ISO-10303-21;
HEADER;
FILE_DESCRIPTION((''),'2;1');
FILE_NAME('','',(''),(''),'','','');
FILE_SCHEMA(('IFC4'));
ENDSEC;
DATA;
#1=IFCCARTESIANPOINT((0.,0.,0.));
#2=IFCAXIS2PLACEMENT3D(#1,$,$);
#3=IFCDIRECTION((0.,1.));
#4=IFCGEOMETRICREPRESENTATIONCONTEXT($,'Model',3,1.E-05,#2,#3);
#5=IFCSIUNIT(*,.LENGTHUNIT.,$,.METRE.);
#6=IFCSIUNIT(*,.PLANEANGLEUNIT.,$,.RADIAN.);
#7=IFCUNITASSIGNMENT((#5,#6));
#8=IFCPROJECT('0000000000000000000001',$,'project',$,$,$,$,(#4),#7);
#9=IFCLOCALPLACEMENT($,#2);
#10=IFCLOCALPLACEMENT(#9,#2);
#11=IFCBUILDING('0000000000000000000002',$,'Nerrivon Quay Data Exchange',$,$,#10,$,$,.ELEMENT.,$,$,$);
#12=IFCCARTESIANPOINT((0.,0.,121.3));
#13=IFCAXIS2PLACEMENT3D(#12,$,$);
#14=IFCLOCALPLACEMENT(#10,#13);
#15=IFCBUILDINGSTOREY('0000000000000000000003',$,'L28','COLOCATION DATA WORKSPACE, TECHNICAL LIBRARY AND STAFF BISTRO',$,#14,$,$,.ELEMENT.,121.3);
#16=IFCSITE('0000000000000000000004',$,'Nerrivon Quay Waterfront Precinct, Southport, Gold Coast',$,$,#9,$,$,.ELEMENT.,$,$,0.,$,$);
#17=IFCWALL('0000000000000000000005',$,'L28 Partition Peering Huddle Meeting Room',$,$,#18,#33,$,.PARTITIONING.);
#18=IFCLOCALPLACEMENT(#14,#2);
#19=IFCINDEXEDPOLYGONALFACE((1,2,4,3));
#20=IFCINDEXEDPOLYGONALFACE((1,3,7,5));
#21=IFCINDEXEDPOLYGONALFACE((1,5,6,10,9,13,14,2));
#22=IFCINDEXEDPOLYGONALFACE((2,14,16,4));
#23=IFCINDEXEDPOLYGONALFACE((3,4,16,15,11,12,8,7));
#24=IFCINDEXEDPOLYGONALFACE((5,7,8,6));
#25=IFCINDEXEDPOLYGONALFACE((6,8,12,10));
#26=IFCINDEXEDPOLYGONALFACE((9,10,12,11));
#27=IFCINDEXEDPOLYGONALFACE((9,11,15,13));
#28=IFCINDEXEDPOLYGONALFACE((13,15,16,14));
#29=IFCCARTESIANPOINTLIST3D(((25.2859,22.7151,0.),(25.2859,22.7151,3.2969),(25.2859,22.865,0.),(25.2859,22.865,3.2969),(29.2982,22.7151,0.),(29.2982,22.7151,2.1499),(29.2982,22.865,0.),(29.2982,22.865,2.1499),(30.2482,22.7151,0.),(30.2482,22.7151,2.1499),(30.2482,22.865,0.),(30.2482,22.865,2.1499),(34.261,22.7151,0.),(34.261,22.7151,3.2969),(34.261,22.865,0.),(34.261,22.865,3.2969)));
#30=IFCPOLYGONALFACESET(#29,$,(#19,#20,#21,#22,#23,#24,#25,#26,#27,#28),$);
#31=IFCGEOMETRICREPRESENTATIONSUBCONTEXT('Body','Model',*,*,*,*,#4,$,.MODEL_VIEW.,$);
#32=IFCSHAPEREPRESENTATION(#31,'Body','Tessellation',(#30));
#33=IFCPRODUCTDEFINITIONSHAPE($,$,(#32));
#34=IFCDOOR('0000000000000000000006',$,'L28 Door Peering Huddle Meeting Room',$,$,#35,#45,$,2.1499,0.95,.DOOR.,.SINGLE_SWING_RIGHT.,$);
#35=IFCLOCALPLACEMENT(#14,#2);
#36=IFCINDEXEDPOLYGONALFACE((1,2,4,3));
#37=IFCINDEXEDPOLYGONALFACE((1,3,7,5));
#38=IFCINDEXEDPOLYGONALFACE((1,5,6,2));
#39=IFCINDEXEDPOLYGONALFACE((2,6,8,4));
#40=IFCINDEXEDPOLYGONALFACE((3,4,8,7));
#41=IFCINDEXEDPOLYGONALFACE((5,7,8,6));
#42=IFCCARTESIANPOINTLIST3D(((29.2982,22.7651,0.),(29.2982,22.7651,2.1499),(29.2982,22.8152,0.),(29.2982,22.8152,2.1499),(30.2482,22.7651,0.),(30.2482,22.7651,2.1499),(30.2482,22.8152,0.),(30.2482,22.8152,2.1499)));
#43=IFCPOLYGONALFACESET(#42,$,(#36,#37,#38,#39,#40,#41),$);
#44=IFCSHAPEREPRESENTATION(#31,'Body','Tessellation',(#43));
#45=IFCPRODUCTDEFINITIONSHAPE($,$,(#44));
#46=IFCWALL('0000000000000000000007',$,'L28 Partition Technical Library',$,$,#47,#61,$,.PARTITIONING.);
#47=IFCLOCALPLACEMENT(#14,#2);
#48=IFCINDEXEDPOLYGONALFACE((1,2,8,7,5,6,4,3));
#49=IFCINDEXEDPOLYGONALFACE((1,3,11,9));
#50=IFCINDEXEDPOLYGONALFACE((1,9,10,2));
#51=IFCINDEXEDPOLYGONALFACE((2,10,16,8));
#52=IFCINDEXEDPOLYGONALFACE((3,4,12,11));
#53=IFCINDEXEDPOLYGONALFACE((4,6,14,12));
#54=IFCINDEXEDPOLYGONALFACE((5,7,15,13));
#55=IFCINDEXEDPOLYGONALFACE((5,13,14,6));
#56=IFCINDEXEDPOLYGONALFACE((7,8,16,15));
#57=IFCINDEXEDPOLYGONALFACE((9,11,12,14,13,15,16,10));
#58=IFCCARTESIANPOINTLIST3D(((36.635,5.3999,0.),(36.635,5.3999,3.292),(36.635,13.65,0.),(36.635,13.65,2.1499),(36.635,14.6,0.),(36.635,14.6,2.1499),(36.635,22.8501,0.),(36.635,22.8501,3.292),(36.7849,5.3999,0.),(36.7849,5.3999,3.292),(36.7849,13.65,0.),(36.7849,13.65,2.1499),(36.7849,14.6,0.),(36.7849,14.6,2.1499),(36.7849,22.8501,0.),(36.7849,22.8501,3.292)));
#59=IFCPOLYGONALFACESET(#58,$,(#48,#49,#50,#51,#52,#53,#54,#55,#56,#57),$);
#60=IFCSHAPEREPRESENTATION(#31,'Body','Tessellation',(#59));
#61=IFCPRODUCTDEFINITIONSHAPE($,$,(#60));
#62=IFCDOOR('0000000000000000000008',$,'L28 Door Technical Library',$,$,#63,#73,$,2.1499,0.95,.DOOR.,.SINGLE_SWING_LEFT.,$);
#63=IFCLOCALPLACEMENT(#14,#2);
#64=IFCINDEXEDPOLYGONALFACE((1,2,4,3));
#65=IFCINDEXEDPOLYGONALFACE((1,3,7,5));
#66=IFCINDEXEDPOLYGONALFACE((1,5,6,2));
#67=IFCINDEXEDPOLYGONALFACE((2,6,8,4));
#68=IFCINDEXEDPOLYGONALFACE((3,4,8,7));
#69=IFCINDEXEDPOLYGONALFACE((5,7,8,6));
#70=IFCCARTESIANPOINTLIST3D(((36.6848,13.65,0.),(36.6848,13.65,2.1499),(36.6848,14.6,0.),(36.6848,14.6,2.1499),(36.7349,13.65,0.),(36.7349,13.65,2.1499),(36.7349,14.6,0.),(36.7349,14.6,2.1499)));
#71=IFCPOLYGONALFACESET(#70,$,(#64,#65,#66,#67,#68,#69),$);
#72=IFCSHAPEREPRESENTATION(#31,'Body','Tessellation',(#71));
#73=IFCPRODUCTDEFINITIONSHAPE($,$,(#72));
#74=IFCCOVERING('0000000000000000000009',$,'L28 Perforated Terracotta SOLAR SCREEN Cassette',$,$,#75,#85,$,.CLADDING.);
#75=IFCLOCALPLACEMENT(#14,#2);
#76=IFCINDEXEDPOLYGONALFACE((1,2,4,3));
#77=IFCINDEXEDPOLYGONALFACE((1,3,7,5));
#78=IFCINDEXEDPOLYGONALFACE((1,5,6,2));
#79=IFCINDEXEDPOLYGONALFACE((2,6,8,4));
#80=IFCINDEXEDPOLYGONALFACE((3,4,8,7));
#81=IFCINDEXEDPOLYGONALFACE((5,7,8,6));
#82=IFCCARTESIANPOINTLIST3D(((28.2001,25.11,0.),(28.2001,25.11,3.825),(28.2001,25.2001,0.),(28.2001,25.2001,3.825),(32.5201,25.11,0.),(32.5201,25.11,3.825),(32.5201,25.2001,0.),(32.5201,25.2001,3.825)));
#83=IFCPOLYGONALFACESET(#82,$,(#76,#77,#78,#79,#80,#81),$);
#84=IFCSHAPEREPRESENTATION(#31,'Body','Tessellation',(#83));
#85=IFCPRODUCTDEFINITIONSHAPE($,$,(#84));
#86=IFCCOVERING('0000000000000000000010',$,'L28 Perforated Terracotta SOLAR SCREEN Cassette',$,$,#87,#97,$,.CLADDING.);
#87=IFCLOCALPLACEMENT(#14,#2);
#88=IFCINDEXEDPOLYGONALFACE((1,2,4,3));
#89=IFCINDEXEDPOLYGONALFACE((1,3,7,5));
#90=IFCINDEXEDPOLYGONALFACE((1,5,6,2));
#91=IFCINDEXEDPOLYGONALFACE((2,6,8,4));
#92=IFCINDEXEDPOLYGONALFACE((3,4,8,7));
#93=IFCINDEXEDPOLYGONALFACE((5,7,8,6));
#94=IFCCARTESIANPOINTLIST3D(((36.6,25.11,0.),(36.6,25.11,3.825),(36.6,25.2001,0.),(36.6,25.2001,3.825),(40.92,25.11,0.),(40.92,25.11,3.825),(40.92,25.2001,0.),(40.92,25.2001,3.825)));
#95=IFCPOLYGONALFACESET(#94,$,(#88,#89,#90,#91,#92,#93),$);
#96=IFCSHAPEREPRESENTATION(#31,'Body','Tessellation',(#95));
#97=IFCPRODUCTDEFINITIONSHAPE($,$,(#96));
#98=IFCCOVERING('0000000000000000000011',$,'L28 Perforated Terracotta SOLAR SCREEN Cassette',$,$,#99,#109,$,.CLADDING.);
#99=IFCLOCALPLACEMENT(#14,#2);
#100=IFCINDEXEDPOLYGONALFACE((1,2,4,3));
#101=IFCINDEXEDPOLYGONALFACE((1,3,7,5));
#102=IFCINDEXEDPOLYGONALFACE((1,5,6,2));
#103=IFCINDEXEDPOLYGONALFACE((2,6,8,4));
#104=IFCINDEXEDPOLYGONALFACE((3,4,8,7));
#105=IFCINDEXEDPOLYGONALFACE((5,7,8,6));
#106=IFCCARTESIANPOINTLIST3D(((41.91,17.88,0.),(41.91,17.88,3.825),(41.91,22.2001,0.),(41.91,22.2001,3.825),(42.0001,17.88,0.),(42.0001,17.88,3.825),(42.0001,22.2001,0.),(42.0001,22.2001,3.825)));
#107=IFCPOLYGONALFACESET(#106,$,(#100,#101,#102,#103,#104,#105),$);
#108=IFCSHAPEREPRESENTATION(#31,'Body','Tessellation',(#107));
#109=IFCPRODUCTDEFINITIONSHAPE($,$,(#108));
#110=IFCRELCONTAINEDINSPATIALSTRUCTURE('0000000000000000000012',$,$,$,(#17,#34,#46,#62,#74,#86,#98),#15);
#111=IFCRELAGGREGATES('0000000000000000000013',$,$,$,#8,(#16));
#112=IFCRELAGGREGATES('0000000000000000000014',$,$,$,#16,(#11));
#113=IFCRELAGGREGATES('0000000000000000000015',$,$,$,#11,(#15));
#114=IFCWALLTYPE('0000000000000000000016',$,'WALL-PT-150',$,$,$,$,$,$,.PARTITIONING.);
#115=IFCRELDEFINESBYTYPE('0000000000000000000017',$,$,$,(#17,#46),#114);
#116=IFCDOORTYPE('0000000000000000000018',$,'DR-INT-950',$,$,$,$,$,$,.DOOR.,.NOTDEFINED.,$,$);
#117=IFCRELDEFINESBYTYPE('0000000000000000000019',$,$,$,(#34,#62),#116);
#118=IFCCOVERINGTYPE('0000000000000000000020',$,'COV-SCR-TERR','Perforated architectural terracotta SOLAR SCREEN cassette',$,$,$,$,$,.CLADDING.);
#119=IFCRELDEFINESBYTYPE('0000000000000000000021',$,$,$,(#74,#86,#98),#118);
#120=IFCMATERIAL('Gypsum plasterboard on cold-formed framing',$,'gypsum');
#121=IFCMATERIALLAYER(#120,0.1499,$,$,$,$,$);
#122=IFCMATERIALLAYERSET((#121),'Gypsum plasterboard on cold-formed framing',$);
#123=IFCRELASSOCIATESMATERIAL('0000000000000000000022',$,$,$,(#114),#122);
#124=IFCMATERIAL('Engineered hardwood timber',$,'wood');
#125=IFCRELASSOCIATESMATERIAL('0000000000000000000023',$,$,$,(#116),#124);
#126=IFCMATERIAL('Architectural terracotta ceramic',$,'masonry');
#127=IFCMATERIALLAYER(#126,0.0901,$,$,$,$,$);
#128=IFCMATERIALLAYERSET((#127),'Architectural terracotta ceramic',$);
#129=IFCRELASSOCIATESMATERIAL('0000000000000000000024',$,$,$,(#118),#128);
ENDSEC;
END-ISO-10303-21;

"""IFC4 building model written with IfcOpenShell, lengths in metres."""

from ifc_helpers import new_model, si_unit, direction, frame, frame_2d, origin, origin_2d, place, context, subcontext, project, spatial, rectangle, extrude, material, layer, layer_set, type_object, element, fill, save


model = new_model("IFC4")

# Units and contexts
model_context = context("Model", 3, precision=1e-05, world=origin(), true_north=direction((0.0, 1.0)))
body_context = subcontext(model_context, "Body", "Model", "MODEL_VIEW")
ifc_project = project(units=[si_unit("LENGTHUNIT", "METRE"), si_unit("PLANEANGLEUNIT", "RADIAN")], contexts=[model_context])

# Site, building, storey
site_placement = place(None, origin())
site = spatial("IfcSite", under=ifc_project, at=site_placement, Name="Nerrivon Quay Waterfront Precinct, Southport, Gold Coast", CompositionType="ELEMENT", RefElevation=0.0)
building_placement = place(site_placement, origin())
building = spatial("IfcBuilding", under=site, at=building_placement, Name="Nerrivon Quay Data Exchange", CompositionType="ELEMENT")
storey_placement = place(building_placement, frame((0.0, 0.0, 121.3)))
storey = spatial("IfcBuildingStorey", under=building, at=storey_placement, Name="L28", Description="COLOCATION DATA WORKSPACE, TECHNICAL LIBRARY AND STAFF BISTRO", CompositionType="ELEMENT", Elevation=121.3)

# Shared definitions
ifc_material_1 = material(Name="Gypsum plasterboard on cold-formed framing", Category="gypsum")

# Walls, openings, doors
ifc_layer_1 = layer(ifc_material_1, 0.1499)
ifc_layer_set_1 = layer_set([ifc_layer_1], Name="Gypsum plasterboard on cold-formed framing")
wall_type_1 = type_object("IfcWallType", Name="WALL-PT-150", PredefinedType="PARTITIONING", material=ifc_layer_set_1)
wall_1_placement = place(storey_placement, frame((34.261, 22.79, 0.0), z_axis=(0.0, 0.0, 1.0), x_axis=(-1.0, 0.0, 0.0)))
wall_1 = element("IfcWall", 1, at=wall_1_placement, inside=storey, type_object=wall_type_1, Name="L28 Partition Peering Huddle Meeting Room", PredefinedType="PARTITIONING", context=body_context, shape_type="SweptSolid", body=[
    extrude(rectangle(XDim=8.9751, YDim=0.1499, at=frame_2d((4.4875, 0.0))), origin(), (0.0, 0.0, 1.0), 3.2969),
])
opening_1_placement = place(wall_1_placement, frame((4.0127, 0.0, 0.0)))
opening_1 = element("IfcOpeningElement", 2, at=opening_1_placement, cuts=wall_1, PredefinedType="OPENING", context=body_context, shape_type="SweptSolid", body=[
    extrude(rectangle(XDim=0.95, YDim=2.1499, at=frame_2d((0.4751, 1.075))), frame((0.0, 0.085, 0.0), z_axis=(0.0, -1.0, 0.0), x_axis=(1.0, 0.0, 0.0)), (0.0, 0.0, 1.0), 0.1699),
])
ifc_material_2 = material(Name="Engineered hardwood timber", Category="wood")
door_type = type_object("IfcDoorType", Name="DR-INT-950", OperationType="NOTDEFINED", PredefinedType="DOOR", material=ifc_material_2)
door_1_placement = place(opening_1_placement, origin())
door_1 = element("IfcDoor", 3, at=door_1_placement, inside=storey, type_object=door_type, Name="L28 Door Peering Huddle Meeting Room", OperationType="SINGLE_SWING_RIGHT", OverallHeight=2.1499, OverallWidth=0.95, PredefinedType="DOOR", context=body_context, shape_type="SweptSolid", body=[
    extrude(rectangle(XDim=0.95, YDim=2.1499, at=frame_2d((0.4751, 1.075))), frame((0.0, 0.0249, 0.0), z_axis=(0.0, -1.0, 0.0), x_axis=(1.0, 0.0, 0.0)), (0.0, 0.0, 1.0), 0.05),
])
fill(opening_1, door_1)
wall_2_placement = place(storey_placement, frame((36.71, 22.8501, 0.0), z_axis=(0.0, 0.0, 1.0), x_axis=(0.0, -1.0, 0.0)))
wall_2 = element("IfcWall", 4, at=wall_2_placement, inside=storey, type_object=wall_type_1, Name="L28 Partition Technical Library", PredefinedType="PARTITIONING", context=body_context, shape_type="SweptSolid", body=[
    extrude(rectangle(XDim=17.4502, YDim=0.1499, at=frame_2d((8.7251, 0.0))), origin(), (0.0, 0.0, 1.0), 3.292),
])
opening_2_placement = place(wall_2_placement, frame((8.25, 0.0, 0.0)))
opening_2 = element("IfcOpeningElement", 5, at=opening_2_placement, cuts=wall_2, PredefinedType="OPENING", context=body_context, shape_type="SweptSolid", body=[
    extrude(rectangle(XDim=0.95, YDim=2.1499, at=frame_2d((0.4751, 1.075))), frame((0.0, 0.085, 0.0), z_axis=(0.0, -1.0, 0.0), x_axis=(1.0, 0.0, 0.0)), (0.0, 0.0, 1.0), 0.1699),
])
door_2_placement = place(opening_2_placement, origin())
door_2 = element("IfcDoor", 6, at=door_2_placement, inside=storey, type_object=door_type, Name="L28 Door Technical Library", OperationType="SINGLE_SWING_LEFT", OverallHeight=2.1499, OverallWidth=0.95, PredefinedType="DOOR", context=body_context, shape_type="SweptSolid", body=[
    extrude(rectangle(XDim=0.95, YDim=2.1499, at=frame_2d((0.4751, 1.075))), frame((0.0, 0.0249, 0.0), z_axis=(0.0, -1.0, 0.0), x_axis=(1.0, 0.0, 0.0)), (0.0, 0.0, 1.0), 0.05),
])
fill(opening_2, door_2)

# Coverings
ifc_material_3 = material(Name="Architectural terracotta ceramic", Category="masonry")
ifc_layer_2 = layer(ifc_material_3, 0.0901)
ifc_layer_set_2 = layer_set([ifc_layer_2], Name="Architectural terracotta ceramic")
covering_type = type_object("IfcCoveringType", Name="COV-SCR-TERR", Description="Perforated architectural terracotta SOLAR SCREEN cassette", PredefinedType="CLADDING", material=ifc_layer_set_2)
for number, where, z_axis, x_axis, name in (
    (7, (30.3601, 25.155, 0.0), (0.0, 0.0, 1.0), (1.0, 0.0, 0.0), "L28 Perforated Terracotta SOLAR SCREEN Cassette"),
    (8, (38.76, 25.155, 0.0), (0.0, 0.0, 1.0), (1.0, 0.0, 0.0), "L28 Perforated Terracotta SOLAR SCREEN Cassette"),
    (9, (41.9551, 20.04, 0.0), (0.0, 0.0, 1.0), (0.0, -1.0, 0.0), "L28 Perforated Terracotta SOLAR SCREEN Cassette"),
):
    element("IfcCovering", number, at=place(storey_placement, frame(where, z_axis=z_axis, x_axis=x_axis)), inside=storey, type_object=covering_type, Name=name, PredefinedType="CLADDING", context=body_context, shape_type="SweptSolid", body=[
        extrude(rectangle(XDim=4.3201, YDim=0.0901, at=origin_2d()), origin(), (0.0, 0.0, 1.0), 3.825),
    ])

save(model, "model.ifc")
